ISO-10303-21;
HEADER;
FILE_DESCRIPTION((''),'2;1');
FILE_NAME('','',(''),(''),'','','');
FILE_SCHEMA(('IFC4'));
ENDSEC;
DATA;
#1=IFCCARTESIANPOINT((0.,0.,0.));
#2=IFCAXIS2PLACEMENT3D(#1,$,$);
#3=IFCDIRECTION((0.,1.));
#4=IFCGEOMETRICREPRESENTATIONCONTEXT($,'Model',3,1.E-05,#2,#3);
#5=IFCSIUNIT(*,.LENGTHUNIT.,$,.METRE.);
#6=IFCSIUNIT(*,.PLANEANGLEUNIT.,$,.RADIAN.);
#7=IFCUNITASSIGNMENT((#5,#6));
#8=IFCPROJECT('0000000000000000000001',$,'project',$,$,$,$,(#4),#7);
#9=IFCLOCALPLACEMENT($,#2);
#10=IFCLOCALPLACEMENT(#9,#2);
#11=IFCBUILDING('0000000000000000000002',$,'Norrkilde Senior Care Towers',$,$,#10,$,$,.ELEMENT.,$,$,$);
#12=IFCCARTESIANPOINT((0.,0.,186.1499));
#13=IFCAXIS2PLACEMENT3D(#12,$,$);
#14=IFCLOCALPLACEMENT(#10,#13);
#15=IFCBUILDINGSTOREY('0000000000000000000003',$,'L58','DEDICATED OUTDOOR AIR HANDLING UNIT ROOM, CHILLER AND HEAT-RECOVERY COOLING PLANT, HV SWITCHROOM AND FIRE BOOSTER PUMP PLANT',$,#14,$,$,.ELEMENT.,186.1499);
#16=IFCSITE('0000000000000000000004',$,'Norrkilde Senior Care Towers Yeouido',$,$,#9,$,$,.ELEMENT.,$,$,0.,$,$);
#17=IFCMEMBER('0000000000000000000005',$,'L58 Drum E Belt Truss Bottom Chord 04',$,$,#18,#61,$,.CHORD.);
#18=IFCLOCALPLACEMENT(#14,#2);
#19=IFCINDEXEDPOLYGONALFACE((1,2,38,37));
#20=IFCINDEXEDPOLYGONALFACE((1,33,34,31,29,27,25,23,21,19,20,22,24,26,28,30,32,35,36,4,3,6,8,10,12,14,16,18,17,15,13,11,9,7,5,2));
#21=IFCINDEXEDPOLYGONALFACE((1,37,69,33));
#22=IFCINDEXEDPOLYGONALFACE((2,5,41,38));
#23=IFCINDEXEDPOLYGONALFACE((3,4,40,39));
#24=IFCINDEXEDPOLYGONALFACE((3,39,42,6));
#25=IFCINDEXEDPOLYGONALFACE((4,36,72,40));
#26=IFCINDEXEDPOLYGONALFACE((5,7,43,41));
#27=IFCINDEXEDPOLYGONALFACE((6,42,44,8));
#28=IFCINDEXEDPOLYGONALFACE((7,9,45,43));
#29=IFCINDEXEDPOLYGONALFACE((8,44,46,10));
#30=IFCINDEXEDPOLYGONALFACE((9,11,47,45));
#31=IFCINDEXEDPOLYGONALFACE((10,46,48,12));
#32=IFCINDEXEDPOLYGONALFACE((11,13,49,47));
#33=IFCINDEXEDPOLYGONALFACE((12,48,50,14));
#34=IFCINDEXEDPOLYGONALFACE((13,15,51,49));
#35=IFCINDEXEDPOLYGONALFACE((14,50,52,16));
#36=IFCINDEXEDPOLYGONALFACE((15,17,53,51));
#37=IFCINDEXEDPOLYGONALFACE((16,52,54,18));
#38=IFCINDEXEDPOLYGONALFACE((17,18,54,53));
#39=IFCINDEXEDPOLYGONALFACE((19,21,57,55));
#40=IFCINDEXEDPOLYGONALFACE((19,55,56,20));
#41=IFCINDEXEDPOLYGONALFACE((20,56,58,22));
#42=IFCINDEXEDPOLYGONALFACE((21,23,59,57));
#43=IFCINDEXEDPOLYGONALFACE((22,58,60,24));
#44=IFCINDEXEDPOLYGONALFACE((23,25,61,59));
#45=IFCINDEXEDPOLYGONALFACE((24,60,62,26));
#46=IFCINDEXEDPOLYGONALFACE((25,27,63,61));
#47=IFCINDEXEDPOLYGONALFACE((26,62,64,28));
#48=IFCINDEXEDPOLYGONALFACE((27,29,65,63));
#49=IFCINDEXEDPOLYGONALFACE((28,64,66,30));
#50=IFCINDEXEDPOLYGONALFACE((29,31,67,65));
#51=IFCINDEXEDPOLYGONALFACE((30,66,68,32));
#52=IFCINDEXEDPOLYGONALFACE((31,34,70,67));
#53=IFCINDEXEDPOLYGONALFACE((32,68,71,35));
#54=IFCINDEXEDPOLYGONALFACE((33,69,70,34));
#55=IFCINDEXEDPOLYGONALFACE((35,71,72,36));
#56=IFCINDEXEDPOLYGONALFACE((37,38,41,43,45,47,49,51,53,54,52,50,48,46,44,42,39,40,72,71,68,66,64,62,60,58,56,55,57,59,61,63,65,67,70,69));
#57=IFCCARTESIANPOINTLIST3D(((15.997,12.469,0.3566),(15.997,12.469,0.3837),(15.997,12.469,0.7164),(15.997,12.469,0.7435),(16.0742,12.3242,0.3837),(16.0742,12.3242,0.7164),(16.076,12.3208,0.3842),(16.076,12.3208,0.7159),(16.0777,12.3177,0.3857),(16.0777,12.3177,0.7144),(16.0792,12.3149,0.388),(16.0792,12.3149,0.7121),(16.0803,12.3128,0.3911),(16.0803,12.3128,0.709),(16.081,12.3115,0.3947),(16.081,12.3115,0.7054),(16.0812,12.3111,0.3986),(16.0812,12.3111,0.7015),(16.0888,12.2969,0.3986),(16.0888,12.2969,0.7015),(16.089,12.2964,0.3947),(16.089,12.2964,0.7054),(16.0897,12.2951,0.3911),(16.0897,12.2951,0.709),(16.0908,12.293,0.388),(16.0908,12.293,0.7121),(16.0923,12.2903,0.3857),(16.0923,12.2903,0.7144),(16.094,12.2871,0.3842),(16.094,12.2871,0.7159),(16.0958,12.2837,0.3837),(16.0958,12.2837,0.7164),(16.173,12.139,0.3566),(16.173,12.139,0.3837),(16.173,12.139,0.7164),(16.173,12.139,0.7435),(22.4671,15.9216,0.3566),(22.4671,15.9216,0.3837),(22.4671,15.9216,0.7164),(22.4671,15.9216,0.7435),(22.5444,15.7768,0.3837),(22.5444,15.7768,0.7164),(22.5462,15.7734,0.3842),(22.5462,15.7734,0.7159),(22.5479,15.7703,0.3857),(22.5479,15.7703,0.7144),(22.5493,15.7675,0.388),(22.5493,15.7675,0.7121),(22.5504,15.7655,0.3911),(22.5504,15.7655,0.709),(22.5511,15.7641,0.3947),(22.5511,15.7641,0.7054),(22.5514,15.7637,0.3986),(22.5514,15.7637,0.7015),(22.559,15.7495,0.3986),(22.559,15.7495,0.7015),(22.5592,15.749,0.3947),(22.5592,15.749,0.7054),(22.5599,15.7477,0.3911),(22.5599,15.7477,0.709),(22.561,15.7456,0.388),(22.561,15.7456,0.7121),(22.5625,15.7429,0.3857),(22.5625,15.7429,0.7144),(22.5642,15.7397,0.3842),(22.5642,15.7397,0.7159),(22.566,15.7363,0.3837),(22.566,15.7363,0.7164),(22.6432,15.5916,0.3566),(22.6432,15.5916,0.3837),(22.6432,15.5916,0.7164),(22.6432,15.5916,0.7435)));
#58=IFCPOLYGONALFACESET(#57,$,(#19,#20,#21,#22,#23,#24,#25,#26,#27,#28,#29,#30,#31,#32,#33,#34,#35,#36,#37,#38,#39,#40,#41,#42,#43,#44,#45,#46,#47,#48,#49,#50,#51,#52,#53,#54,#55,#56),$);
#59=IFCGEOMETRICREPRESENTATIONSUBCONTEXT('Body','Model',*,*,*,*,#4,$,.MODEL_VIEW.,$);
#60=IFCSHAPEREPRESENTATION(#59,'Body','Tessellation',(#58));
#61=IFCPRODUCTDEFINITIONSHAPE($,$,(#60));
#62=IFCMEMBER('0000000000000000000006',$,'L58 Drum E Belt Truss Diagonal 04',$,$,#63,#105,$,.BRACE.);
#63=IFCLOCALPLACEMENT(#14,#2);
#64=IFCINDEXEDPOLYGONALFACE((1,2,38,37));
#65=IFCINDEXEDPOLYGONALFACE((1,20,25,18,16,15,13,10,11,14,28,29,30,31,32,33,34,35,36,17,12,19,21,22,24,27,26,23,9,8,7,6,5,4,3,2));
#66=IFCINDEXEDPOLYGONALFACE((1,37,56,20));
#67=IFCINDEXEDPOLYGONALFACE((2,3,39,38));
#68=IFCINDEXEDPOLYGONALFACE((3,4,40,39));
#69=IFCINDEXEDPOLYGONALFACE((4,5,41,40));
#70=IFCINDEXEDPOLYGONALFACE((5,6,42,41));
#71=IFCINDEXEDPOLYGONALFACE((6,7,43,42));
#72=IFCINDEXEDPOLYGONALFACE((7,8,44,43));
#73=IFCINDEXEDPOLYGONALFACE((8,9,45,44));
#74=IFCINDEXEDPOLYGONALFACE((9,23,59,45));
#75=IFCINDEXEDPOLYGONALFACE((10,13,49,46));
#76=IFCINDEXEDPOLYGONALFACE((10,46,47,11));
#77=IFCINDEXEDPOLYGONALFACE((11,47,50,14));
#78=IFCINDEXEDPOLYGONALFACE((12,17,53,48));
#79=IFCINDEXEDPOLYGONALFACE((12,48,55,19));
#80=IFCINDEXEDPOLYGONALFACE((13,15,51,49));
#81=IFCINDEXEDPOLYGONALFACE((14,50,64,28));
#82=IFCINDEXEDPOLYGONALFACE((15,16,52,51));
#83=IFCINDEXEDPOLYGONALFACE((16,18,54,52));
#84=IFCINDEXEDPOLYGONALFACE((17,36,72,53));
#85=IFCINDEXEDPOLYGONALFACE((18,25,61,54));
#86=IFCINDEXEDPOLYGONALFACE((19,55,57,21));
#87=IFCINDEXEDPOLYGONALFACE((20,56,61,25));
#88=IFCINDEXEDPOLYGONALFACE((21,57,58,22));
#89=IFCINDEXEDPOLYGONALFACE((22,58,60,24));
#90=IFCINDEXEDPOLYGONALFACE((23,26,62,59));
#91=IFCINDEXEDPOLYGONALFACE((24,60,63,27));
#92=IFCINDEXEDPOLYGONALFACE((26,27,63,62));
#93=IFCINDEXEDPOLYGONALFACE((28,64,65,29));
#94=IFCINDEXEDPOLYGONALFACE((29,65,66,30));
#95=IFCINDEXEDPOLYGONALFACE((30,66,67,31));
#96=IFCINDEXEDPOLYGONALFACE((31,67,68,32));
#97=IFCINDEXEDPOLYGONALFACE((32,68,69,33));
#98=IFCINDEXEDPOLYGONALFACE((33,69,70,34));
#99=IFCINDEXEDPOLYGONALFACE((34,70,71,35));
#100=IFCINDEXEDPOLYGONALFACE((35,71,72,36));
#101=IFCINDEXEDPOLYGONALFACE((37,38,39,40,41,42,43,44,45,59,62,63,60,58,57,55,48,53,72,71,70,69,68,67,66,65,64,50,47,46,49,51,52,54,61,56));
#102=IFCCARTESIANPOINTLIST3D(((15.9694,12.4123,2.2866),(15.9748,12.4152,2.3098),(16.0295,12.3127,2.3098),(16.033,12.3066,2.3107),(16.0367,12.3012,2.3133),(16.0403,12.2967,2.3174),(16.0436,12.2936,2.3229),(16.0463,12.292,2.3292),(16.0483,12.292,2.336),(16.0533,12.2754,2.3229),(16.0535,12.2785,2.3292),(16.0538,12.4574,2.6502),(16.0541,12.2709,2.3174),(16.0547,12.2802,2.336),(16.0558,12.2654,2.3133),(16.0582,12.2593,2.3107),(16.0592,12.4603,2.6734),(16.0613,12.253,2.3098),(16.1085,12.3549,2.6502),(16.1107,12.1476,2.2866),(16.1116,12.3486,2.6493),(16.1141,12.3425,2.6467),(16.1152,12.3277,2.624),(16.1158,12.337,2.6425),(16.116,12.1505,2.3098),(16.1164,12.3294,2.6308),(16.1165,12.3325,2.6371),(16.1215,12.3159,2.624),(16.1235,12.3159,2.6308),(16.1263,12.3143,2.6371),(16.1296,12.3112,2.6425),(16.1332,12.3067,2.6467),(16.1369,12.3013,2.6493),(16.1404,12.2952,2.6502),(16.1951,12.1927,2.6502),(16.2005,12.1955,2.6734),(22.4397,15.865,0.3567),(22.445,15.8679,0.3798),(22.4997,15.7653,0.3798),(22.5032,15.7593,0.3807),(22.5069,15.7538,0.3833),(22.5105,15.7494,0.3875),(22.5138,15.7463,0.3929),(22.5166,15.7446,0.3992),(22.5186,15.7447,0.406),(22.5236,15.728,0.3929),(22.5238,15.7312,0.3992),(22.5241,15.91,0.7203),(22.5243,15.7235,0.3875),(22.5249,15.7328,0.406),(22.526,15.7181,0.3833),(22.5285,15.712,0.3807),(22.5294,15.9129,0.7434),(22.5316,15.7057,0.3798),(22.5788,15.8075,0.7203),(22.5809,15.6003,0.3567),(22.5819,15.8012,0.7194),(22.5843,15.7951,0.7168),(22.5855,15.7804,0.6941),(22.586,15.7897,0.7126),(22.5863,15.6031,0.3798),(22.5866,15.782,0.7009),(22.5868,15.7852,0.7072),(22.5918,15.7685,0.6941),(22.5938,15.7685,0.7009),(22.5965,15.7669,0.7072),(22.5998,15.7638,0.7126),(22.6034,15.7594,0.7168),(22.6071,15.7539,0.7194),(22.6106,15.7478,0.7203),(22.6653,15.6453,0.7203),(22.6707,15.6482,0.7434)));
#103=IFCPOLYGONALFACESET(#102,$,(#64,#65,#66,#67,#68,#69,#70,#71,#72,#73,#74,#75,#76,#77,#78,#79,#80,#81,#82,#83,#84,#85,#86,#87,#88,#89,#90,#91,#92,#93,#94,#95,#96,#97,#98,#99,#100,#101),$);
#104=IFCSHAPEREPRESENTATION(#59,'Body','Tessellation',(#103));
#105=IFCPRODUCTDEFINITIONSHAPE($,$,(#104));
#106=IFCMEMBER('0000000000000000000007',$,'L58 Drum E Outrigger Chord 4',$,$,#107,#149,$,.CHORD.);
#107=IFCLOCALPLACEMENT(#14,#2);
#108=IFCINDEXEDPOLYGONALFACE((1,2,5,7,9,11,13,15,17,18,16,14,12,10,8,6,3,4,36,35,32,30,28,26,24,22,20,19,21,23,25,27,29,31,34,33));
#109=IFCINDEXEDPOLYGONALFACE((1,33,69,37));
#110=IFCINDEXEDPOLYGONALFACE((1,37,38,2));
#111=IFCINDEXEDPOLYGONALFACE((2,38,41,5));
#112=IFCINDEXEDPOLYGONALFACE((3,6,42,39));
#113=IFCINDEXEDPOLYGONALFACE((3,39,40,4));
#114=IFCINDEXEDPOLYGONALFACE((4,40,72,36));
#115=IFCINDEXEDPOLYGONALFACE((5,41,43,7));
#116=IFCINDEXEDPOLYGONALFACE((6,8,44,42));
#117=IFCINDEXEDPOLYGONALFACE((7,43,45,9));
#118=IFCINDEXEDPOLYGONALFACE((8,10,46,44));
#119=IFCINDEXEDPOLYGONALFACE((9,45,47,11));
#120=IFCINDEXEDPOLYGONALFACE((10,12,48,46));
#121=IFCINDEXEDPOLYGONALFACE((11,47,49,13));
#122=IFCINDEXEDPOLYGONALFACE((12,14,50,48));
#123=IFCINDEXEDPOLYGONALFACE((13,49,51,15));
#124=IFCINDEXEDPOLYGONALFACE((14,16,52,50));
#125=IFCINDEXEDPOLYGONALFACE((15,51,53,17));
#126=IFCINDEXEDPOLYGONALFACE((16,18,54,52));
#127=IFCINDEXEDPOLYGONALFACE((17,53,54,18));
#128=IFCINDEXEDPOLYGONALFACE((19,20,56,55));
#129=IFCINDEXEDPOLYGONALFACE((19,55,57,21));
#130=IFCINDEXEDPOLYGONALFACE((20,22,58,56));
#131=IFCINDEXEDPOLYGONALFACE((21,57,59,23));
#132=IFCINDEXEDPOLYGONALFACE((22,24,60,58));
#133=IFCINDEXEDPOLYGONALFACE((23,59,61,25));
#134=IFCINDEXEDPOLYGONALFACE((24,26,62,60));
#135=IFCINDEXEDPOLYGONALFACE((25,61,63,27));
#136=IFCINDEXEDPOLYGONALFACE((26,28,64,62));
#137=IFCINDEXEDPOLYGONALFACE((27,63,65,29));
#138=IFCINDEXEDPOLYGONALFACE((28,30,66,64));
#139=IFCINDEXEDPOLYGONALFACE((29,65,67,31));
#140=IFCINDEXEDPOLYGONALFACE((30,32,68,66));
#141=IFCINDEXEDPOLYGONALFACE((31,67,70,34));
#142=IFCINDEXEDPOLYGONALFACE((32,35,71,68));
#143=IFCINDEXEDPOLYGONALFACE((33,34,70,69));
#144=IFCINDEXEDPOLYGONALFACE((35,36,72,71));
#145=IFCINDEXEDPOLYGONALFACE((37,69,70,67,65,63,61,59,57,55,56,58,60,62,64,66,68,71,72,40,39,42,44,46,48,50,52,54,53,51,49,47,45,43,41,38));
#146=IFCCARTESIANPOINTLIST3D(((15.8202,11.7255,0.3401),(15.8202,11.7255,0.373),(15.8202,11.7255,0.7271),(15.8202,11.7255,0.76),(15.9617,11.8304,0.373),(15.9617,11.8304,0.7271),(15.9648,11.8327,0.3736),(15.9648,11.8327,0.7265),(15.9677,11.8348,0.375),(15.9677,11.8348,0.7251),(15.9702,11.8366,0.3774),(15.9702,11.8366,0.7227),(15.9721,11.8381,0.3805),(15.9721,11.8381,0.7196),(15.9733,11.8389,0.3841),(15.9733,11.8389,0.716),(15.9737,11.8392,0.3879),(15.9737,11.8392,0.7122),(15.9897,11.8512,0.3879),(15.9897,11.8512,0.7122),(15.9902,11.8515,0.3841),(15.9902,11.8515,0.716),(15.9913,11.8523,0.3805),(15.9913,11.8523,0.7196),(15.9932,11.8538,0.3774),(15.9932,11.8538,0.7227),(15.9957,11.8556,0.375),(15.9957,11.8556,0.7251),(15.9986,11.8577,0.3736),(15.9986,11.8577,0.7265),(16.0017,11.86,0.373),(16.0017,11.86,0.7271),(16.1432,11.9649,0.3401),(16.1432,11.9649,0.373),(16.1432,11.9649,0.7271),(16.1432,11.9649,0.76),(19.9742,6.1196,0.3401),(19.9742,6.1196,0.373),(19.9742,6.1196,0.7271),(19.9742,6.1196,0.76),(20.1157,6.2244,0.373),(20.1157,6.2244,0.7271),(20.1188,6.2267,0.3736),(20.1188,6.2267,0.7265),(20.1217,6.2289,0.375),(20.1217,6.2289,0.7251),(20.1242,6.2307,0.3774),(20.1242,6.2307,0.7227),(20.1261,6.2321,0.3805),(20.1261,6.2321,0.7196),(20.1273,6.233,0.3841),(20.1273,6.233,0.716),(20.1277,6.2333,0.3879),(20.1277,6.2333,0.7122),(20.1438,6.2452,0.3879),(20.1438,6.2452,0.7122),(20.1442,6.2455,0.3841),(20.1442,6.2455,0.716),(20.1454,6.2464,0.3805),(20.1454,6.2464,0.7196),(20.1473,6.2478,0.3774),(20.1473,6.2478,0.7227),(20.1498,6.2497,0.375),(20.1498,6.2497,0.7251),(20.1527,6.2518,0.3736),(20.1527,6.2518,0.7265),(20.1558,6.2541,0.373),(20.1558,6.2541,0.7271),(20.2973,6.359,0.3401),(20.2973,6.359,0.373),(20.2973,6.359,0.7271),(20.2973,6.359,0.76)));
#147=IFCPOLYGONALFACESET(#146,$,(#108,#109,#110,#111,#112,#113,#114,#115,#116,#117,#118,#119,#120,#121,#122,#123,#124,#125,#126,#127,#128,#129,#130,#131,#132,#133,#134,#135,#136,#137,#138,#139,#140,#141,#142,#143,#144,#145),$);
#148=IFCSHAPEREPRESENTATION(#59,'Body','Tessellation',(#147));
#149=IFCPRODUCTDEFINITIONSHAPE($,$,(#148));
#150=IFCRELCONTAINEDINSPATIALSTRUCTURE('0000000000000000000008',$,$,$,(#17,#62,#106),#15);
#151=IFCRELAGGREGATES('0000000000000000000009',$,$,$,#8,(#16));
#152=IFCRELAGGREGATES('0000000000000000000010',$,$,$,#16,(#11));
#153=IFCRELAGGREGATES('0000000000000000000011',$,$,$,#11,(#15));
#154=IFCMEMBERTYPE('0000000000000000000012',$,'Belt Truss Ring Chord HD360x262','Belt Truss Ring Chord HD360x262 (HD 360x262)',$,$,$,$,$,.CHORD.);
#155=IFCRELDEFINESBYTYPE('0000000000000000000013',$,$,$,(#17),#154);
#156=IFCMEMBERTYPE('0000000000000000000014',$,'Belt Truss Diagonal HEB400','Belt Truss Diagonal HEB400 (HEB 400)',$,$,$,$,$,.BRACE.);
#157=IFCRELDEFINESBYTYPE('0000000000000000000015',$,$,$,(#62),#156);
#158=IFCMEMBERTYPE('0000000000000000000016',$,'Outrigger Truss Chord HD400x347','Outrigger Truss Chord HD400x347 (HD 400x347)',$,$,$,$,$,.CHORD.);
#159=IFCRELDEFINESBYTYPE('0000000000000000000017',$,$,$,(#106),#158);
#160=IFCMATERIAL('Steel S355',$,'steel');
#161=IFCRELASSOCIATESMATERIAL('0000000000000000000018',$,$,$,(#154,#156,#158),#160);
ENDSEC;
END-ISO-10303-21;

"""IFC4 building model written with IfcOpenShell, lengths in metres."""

from ifc_helpers import new_model, si_unit, direction, frame, origin, origin_2d, place, context, subcontext, project, spatial, i_section, extrude, source, transform, mapped, material, material_profile, profile_set, type_object, type_shapes, element, save


model = new_model("IFC4")

# Units and contexts
model_context = context("Model", 3, precision=1e-05, world=origin(), true_north=direction((0.0, 1.0)))
body_context = subcontext(model_context, "Body", "Model", "MODEL_VIEW")
ifc_project = project(units=[si_unit("LENGTHUNIT", "METRE"), si_unit("PLANEANGLEUNIT", "RADIAN")], contexts=[model_context])

# Site, building, storey
site_placement = place(None, origin())
site = spatial("IfcSite", under=ifc_project, at=site_placement, Name="Norrkilde Senior Care Towers Yeouido", CompositionType="ELEMENT", RefElevation=0.0)
building_placement = place(site_placement, origin())
building = spatial("IfcBuilding", under=site, at=building_placement, Name="Norrkilde Senior Care Towers", CompositionType="ELEMENT")
storey_placement = place(building_placement, frame((0.0, 0.0, 186.1499)))
storey = spatial("IfcBuildingStorey", under=building, at=storey_placement, Name="L58", Description="DEDICATED OUTDOOR AIR HANDLING UNIT ROOM, CHILLER AND HEAT-RECOVERY COOLING PLANT, HV SWITCHROOM AND FIRE BOOSTER PUMP PLANT", CompositionType="ELEMENT", Elevation=186.1499)

# Members
ifc_material_1 = material(Name="Steel S355", Category="steel")
ifc_material_profile_1 = material_profile(ifc_material_1, i_section(OverallWidth=0.374, OverallDepth=0.387, WebThickness=0.0161, FlangeThickness=0.0271, FilletRadius=0.0149, at=origin_2d()), Name="HD 360x262")
ifc_profile_set_1 = profile_set([ifc_material_profile_1], Name="Steel S355")
member_type_1 = type_object("IfcMemberType", Name="Belt Truss Ring Chord HD360x262", Description="Belt Truss Ring Chord HD360x262 (HD 360x262)", PredefinedType="CHORD", material=ifc_profile_set_1)
shared_shape_1 = source(origin(), body_context, "Body", "SweptSolid", [
    extrude(i_section(OverallWidth=0.374, OverallDepth=0.387, WebThickness=0.0161, FlangeThickness=0.0271, FilletRadius=0.0149, at=origin_2d()), origin(), (0.0, 0.0, 1.0), 7.3337),
])
type_shapes(member_type_1, [shared_shape_1])
member_1_placement = place(storey_placement, frame((22.5552, 15.7566, 0.55), z_axis=(-0.882248, -0.470785, 0.0), x_axis=(0.470785, -0.882248, 0.0)))
element("IfcMember", 1, at=member_1_placement, inside=storey, type_object=member_type_1, Name="L58 Drum E Belt Truss Bottom Chord 04", PredefinedType="CHORD", context=body_context, shape_type="MappedRepresentation", body=[
    mapped(shared_shape_1, transform((0.0, 0.0, 0.0), x_axis=(1.0, 0.0, 0.0), y_axis=(0.0, 1.0, 0.0), z_axis=(0.0, 0.0, 1.0), scale=1.0)),
])
ifc_material_profile_2 = material_profile(ifc_material_1, i_section(OverallWidth=0.3, OverallDepth=0.3999, WebThickness=0.0134, FlangeThickness=0.0239, FilletRadius=0.0271, at=origin_2d()), Name="HEB 400")
ifc_profile_set_2 = profile_set([ifc_material_profile_2], Name="Steel S355")
member_type_2 = type_object("IfcMemberType", Name="Belt Truss Diagonal HEB400", Description="Belt Truss Diagonal HEB400 (HEB 400)", PredefinedType="BRACE", material=ifc_profile_set_2)
shared_shape_2 = source(origin(), body_context, "Body", "SweptSolid", [
    extrude(i_section(OverallWidth=0.3, OverallDepth=0.3999, WebThickness=0.0134, FlangeThickness=0.0239, FilletRadius=0.0271, at=origin_2d()), origin(), (0.0, 0.0, 1.0), 7.5835),
])
type_shapes(member_type_2, [shared_shape_2])
member_2_placement = place(storey_placement, frame((22.5552, 15.7566, 0.55), z_axis=(-0.8532, -0.455285, 0.254492), x_axis=(0.470785, -0.882248, 0.0)))
element("IfcMember", 2, at=member_2_placement, inside=storey, type_object=member_type_2, Name="L58 Drum E Belt Truss Diagonal 04", PredefinedType="BRACE", context=body_context, shape_type="MappedRepresentation", body=[
    mapped(shared_shape_2, transform((0.0, 0.0, 0.0), x_axis=(1.0, 0.0, 0.0), y_axis=(0.0, 1.0, 0.0), z_axis=(0.0, 0.0, 1.0), scale=1.0)),
])
ifc_material_profile_3 = material_profile(ifc_material_1, i_section(OverallWidth=0.4021, OverallDepth=0.4199, WebThickness=0.02, FlangeThickness=0.033, FilletRadius=0.0149, at=origin_2d()), Name="HD 400x347")
ifc_profile_set_3 = profile_set([ifc_material_profile_3], Name="Steel S355")
member_type_3 = type_object("IfcMemberType", Name="Outrigger Truss Chord HD400x347", Description="Outrigger Truss Chord HD400x347 (HD 400x347)", PredefinedType="CHORD", material=ifc_profile_set_3)
shared_shape_3 = source(origin(), body_context, "Body", "SweptSolid", [
    extrude(i_section(OverallWidth=0.4021, OverallDepth=0.4199, WebThickness=0.02, FlangeThickness=0.033, FilletRadius=0.0149, at=origin_2d()), origin(), (0.0, 0.0, 1.0), 6.9773),
])
type_shapes(member_type_3, [shared_shape_3])
member_3_placement = place(storey_placement, frame((20.1357, 6.2393, 0.55), z_axis=(-0.595366, 0.803455, 0.0), x_axis=(-0.803455, -0.595366, 0.0)))
element("IfcMember", 3, at=member_3_placement, inside=storey, type_object=member_type_3, Name="L58 Drum E Outrigger Chord 4", PredefinedType="CHORD", context=body_context, shape_type="MappedRepresentation", body=[
    mapped(shared_shape_3, transform((0.0, 0.0, 0.0), x_axis=(1.0, 0.0, 0.0), y_axis=(0.0, 1.0, 0.0), z_axis=(0.0, 0.0, 1.0), scale=1.0)),
])

save(model, "model.ifc")
